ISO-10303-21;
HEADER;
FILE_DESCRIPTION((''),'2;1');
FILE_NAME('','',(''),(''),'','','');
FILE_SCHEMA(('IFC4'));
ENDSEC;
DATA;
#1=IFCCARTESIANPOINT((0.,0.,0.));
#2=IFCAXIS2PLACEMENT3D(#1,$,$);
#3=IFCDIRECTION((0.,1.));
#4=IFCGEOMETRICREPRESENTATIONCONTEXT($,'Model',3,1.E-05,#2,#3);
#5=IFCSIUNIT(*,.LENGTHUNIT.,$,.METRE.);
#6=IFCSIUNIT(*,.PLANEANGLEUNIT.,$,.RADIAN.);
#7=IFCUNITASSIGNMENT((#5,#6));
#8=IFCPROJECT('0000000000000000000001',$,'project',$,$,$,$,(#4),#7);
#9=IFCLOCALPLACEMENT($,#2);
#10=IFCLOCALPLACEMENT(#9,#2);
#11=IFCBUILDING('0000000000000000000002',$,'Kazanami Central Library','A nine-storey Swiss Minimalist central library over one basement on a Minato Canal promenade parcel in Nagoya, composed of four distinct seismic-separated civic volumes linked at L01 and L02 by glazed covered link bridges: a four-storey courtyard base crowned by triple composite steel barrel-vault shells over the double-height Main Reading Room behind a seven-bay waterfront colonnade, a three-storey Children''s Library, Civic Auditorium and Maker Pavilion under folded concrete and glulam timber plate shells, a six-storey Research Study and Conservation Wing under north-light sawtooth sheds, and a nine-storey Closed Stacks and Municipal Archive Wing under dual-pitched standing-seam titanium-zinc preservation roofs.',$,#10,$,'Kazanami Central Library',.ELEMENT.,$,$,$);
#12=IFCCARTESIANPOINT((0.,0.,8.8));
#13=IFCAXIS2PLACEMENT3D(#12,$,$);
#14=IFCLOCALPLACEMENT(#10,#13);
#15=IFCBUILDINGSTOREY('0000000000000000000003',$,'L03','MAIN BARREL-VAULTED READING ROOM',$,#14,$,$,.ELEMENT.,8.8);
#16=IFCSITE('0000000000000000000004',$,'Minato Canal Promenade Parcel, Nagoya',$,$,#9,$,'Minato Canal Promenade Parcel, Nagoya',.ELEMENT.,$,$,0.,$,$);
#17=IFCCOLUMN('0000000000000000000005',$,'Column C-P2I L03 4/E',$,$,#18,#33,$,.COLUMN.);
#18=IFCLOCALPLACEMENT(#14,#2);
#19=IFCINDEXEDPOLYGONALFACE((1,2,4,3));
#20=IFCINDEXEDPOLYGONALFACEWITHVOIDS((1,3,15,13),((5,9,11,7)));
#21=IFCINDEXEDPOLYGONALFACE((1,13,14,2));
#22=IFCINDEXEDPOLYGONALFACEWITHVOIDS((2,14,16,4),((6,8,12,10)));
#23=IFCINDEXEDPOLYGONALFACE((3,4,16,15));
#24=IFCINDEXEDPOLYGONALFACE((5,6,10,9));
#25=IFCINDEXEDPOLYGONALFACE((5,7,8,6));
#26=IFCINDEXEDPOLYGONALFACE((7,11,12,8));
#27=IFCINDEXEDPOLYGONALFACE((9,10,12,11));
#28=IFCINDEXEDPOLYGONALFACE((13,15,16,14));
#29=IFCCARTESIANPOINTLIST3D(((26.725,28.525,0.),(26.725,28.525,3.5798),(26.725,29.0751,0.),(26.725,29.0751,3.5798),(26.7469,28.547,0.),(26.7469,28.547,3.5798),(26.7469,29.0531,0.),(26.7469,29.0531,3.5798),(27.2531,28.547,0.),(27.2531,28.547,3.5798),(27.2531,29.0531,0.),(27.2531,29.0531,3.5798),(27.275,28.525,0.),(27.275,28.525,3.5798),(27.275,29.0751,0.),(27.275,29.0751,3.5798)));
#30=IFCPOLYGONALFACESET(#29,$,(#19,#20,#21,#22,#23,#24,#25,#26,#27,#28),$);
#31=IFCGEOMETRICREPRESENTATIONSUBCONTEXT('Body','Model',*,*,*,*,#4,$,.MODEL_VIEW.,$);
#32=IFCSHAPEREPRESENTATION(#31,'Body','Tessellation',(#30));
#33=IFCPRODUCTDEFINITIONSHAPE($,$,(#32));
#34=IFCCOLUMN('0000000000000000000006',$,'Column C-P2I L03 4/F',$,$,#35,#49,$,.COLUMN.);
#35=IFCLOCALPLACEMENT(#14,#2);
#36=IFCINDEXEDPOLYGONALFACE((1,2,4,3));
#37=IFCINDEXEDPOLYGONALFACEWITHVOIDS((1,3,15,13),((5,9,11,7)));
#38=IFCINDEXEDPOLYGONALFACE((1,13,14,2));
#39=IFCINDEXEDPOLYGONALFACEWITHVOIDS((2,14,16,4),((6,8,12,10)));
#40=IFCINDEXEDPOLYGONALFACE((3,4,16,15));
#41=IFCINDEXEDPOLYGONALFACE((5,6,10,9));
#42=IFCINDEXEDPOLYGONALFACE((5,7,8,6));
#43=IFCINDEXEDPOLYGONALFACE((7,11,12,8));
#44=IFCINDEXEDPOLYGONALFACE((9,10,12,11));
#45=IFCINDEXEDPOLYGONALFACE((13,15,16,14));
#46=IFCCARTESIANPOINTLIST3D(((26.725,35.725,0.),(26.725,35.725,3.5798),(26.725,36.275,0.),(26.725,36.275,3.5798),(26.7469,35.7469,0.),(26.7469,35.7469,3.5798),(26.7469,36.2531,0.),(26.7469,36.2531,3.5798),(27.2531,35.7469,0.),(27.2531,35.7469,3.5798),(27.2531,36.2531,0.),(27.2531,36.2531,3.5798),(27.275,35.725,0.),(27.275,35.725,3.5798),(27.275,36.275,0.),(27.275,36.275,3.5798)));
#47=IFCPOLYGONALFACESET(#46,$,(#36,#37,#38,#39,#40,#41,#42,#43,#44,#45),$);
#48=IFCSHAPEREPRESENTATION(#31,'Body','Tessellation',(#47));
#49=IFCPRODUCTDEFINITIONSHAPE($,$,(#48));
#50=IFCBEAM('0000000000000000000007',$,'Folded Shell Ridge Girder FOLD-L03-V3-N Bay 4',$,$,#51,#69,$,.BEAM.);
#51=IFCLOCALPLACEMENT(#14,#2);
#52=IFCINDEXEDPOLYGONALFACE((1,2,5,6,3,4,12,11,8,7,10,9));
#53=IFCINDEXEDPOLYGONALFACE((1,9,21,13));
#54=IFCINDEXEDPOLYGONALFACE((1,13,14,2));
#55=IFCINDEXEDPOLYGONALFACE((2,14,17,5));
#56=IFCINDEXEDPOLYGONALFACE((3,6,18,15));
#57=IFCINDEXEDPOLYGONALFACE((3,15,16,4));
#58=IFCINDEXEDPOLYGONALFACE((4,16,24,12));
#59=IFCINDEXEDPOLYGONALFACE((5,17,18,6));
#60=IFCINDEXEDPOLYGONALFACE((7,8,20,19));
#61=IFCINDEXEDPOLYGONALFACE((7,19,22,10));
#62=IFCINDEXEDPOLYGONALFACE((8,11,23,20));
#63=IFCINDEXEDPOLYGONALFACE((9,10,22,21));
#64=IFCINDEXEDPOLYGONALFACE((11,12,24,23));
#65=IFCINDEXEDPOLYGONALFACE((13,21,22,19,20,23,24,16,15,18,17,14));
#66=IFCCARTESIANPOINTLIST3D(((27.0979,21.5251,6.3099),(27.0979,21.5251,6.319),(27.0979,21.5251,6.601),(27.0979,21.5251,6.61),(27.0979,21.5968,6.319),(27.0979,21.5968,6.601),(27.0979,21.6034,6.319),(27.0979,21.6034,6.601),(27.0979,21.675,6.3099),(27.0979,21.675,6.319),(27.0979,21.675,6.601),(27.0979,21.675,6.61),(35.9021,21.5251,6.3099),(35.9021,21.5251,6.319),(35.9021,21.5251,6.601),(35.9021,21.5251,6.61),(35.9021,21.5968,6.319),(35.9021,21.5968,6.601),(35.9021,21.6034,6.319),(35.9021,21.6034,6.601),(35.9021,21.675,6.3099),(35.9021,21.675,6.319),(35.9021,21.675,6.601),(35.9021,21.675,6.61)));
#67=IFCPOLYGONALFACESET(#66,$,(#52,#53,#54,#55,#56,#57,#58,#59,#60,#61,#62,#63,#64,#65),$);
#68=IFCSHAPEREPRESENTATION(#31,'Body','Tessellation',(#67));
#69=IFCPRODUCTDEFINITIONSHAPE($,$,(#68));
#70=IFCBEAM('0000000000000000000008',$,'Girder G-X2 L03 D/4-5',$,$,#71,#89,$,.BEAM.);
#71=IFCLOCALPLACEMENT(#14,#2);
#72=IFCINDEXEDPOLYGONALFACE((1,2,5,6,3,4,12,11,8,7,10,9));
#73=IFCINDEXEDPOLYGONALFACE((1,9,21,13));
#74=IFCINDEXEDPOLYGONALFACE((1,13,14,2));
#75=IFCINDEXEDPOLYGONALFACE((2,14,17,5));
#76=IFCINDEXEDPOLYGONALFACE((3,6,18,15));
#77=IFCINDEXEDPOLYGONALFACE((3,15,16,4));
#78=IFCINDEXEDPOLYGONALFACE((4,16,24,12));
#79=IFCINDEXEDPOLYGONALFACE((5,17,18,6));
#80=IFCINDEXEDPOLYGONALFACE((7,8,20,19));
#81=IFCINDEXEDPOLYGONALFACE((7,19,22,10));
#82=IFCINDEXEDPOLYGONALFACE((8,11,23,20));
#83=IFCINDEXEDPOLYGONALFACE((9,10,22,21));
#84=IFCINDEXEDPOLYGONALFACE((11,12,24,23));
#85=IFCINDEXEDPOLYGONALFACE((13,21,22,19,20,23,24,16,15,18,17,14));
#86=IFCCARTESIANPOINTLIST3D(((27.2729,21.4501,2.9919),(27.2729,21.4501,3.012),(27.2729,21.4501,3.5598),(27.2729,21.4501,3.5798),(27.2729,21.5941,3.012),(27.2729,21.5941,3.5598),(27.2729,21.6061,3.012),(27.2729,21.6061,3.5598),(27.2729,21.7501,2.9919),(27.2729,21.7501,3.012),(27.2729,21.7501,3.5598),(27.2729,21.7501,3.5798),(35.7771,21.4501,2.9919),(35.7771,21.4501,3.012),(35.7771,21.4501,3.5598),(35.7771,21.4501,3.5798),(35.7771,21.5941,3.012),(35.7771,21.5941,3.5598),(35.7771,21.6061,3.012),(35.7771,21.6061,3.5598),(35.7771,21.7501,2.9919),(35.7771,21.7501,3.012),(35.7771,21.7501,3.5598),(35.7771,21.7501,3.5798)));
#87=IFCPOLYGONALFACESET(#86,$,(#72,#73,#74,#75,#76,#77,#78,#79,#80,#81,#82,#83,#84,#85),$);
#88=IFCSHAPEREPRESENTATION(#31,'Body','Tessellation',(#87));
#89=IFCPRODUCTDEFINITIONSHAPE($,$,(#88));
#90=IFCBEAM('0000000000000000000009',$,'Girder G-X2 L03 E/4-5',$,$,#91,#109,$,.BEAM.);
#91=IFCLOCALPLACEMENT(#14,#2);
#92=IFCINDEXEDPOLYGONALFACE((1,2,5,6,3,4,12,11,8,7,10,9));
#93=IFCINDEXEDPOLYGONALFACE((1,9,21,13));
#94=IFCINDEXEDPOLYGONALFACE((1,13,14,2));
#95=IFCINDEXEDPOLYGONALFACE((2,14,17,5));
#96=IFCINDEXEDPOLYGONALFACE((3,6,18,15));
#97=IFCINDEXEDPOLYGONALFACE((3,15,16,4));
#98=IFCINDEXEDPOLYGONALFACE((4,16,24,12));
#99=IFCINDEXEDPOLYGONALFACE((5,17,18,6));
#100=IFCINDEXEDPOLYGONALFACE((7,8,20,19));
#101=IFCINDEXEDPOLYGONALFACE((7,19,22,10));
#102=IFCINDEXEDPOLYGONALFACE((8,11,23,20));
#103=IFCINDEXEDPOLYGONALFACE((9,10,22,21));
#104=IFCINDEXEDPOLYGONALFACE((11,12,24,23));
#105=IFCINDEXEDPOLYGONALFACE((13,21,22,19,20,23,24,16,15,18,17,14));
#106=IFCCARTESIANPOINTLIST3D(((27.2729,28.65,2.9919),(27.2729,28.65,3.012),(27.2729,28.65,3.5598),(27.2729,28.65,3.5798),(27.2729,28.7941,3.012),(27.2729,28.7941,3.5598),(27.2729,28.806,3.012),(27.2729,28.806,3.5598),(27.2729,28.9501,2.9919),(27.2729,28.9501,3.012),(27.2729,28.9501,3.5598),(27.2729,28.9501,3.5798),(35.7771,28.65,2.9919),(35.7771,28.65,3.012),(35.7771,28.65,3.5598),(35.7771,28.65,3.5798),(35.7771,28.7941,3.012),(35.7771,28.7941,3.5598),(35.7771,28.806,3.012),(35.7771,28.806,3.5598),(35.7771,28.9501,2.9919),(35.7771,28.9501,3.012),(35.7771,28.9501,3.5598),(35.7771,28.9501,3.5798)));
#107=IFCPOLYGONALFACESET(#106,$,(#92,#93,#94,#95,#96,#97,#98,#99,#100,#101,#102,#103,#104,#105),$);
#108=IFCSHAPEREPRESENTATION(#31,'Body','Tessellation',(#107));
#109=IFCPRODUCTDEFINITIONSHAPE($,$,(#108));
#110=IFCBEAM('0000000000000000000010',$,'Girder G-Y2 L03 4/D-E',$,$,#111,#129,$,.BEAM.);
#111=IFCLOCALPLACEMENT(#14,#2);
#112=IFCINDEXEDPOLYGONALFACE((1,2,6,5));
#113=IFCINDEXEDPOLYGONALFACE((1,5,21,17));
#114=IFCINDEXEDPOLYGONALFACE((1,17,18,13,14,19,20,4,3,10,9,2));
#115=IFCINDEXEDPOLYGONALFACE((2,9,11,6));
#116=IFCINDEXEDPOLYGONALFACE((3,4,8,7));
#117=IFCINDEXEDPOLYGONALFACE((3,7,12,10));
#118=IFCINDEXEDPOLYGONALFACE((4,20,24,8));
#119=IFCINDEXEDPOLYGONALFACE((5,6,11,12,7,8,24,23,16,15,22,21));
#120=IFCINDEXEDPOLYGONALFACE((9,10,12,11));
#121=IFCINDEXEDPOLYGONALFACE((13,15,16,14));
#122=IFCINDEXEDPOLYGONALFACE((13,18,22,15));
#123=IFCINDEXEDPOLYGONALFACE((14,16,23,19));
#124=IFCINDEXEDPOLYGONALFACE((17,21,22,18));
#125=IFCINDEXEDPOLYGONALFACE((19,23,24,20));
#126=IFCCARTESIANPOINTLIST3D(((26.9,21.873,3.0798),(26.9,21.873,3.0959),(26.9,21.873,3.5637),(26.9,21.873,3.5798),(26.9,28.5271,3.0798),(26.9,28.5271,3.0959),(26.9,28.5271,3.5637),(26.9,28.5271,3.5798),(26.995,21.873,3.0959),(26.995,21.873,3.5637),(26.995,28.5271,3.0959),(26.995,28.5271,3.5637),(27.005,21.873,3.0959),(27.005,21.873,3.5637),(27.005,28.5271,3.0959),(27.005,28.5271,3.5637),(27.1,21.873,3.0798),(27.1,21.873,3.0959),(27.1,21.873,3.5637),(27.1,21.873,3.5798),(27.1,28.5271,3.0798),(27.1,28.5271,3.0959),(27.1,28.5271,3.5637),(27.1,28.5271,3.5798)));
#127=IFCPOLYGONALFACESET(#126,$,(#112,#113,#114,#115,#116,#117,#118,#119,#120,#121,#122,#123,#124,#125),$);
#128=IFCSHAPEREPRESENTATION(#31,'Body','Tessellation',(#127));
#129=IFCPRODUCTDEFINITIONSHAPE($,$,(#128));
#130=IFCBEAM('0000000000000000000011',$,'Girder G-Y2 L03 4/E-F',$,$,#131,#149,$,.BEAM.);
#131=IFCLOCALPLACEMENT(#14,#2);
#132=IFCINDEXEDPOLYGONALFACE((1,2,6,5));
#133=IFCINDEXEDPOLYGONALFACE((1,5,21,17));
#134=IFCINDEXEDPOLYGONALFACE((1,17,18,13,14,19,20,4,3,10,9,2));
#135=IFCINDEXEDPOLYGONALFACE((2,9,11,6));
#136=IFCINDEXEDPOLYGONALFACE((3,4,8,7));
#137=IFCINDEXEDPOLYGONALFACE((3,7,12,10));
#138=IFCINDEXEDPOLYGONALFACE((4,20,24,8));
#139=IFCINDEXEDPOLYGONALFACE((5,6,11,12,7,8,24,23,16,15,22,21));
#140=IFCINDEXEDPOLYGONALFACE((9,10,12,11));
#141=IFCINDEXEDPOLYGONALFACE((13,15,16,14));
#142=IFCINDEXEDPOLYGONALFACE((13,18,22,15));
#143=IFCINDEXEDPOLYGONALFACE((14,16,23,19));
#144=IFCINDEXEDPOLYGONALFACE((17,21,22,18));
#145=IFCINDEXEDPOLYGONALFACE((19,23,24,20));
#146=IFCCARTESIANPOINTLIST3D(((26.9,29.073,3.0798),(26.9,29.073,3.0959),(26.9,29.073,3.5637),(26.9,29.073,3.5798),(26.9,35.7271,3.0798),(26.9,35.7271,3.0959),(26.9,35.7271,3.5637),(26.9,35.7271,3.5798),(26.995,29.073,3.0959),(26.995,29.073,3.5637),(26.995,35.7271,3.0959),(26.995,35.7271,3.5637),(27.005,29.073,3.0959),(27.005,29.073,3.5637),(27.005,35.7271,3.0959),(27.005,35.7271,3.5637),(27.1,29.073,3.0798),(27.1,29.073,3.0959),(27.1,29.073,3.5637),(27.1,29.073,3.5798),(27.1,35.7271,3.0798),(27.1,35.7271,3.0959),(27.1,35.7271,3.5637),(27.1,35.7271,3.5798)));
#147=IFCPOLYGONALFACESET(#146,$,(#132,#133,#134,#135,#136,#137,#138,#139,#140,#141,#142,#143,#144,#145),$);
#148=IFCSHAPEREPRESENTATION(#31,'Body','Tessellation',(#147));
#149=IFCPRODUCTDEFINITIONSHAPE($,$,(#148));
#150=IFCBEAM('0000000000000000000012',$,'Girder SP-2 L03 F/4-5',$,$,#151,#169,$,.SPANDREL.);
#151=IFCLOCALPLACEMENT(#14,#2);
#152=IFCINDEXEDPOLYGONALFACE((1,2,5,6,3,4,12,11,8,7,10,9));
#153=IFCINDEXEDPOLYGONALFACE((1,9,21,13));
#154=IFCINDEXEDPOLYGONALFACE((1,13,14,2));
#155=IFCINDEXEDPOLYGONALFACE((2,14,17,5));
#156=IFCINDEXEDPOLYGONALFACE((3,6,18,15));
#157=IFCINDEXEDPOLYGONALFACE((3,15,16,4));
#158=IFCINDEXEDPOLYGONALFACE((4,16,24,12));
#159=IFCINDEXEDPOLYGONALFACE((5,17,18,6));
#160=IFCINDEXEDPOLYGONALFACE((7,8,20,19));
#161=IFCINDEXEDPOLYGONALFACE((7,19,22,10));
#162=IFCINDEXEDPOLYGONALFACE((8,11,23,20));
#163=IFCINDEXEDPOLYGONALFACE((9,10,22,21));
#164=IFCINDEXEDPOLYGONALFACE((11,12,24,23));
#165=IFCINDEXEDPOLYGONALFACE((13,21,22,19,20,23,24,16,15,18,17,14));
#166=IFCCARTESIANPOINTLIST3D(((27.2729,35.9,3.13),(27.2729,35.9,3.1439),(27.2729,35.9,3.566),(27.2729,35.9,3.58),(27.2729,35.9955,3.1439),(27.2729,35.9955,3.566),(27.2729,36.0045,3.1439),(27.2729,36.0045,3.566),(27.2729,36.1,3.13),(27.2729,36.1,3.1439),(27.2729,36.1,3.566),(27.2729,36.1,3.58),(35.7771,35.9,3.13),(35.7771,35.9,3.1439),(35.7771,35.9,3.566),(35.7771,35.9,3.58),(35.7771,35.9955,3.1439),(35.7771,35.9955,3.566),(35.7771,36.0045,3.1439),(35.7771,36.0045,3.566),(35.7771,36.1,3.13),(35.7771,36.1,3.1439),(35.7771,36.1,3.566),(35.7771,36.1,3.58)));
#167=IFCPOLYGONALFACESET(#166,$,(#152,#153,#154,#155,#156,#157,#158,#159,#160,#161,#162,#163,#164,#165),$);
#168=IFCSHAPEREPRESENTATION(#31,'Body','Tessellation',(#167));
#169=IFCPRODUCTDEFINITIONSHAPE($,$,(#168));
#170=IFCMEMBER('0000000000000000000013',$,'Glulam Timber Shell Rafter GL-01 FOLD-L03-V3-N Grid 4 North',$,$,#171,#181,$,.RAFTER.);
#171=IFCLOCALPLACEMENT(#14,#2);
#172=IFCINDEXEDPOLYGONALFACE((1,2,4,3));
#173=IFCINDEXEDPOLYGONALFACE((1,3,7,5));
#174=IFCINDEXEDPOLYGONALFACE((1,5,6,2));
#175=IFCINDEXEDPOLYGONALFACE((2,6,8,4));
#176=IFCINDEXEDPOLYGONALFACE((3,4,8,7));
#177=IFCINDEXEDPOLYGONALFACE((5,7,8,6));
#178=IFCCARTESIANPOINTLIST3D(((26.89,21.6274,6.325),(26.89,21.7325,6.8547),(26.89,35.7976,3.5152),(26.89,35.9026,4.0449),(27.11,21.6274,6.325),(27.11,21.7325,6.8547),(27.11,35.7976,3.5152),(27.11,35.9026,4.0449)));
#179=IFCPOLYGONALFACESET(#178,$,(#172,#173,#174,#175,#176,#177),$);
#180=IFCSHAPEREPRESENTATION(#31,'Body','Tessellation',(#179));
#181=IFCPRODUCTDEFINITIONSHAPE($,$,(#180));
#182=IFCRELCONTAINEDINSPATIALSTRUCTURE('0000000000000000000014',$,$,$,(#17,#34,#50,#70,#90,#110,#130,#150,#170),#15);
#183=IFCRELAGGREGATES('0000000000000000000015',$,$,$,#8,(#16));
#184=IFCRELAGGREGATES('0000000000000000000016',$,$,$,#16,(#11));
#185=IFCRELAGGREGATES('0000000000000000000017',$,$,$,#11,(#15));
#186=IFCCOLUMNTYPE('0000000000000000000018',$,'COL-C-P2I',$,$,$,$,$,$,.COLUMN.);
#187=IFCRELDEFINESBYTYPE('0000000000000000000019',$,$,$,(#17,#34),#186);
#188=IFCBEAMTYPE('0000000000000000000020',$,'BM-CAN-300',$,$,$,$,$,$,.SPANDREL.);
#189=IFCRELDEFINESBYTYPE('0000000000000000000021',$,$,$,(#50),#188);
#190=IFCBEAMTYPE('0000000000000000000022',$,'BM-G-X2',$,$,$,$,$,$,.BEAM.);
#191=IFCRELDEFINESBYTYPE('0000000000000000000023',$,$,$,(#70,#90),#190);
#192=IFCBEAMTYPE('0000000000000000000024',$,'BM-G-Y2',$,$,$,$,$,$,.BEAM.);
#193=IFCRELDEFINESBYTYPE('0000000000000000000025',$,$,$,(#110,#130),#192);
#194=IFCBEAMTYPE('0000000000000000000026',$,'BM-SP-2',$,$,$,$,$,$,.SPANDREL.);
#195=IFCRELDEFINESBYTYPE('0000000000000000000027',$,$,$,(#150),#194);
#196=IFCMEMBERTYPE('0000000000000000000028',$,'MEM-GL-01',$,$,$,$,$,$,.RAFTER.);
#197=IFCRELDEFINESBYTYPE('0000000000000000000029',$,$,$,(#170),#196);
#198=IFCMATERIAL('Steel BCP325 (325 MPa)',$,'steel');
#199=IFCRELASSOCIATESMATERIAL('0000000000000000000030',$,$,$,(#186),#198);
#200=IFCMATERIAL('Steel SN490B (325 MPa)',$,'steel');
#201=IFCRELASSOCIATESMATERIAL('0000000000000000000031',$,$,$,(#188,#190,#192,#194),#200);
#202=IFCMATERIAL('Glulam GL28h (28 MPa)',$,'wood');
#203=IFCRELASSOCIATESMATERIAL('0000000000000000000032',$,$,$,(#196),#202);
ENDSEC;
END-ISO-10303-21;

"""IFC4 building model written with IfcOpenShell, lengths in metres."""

from ifc_helpers import new_model, si_unit, direction, frame, origin, origin_2d, place, context, subcontext, project, spatial, rectangle, hollow_rectangle, i_section, extrude, material, material_profile, profile_set, type_object, element, save


model = new_model("IFC4")

# Units and contexts
model_context = context("Model", 3, precision=1e-05, world=origin(), true_north=direction((0.0, 1.0)))
body_context = subcontext(model_context, "Body", "Model", "MODEL_VIEW")
ifc_project = project(units=[si_unit("LENGTHUNIT", "METRE"), si_unit("PLANEANGLEUNIT", "RADIAN")], contexts=[model_context])

# Site, building, storey
site_placement = place(None, origin())
site = spatial("IfcSite", under=ifc_project, at=site_placement, Name="Minato Canal Promenade Parcel, Nagoya", LongName="Minato Canal Promenade Parcel, Nagoya", CompositionType="ELEMENT", RefElevation=0.0)
building_placement = place(site_placement, origin())
building = spatial("IfcBuilding", under=site, at=building_placement, Name="Kazanami Central Library", Description="A nine-storey Swiss Minimalist central library over one basement on a Minato Canal promenade parcel in Nagoya, composed of four distinct seismic-separated civic volumes linked at L01 and L02 by glazed covered link bridges: a four-storey courtyard base crowned by triple composite steel barrel-vault shells over the double-height Main Reading Room behind a seven-bay waterfront colonnade, a three-storey Children's Library, Civic Auditorium and Maker Pavilion under folded concrete and glulam timber plate shells, a six-storey Research Study and Conservation Wing under north-light sawtooth sheds, and a nine-storey Closed Stacks and Municipal Archive Wing under dual-pitched standing-seam titanium-zinc preservation roofs.", LongName="Kazanami Central Library", CompositionType="ELEMENT")
storey_placement = place(building_placement, frame((0.0, 0.0, 8.8)))
storey = spatial("IfcBuildingStorey", under=building, at=storey_placement, Name="L03", Description="MAIN BARREL-VAULTED READING ROOM", CompositionType="ELEMENT", Elevation=8.8)

# Columns
ifc_material_1 = material(Name="Steel BCP325 (325 MPa)", Category="steel")
ifc_material_profile_1 = material_profile(ifc_material_1, hollow_rectangle(XDim=0.55, YDim=0.55, WallThickness=0.022, at=origin_2d()), Name="BCP-550x550x22")
ifc_profile_set_1 = profile_set([ifc_material_profile_1], Name="Steel BCP325 (325 MPa)")
column_type = type_object("IfcColumnType", Name="COL-C-P2I", PredefinedType="COLUMN", material=ifc_profile_set_1)
for number, where, z_axis, x_axis, name in (
    (1, (27.0, 28.8, 0.0), (0.0, 0.0, 1.0), (1.0, 0.0, 0.0), "Column C-P2I L03 4/E"),
    (2, (27.0, 36.0, 0.0), (0.0, 0.0, 1.0), (1.0, 0.0, 0.0), "Column C-P2I L03 4/F"),
):
    element("IfcColumn", number, at=place(storey_placement, frame(where, z_axis=z_axis, x_axis=x_axis)), inside=storey, type_object=column_type, Name=name, PredefinedType="COLUMN", context=body_context, shape_type="SweptSolid", body=[
        extrude(hollow_rectangle(XDim=0.55, YDim=0.55, WallThickness=0.022, at=origin_2d()), origin(), (0.0, 0.0, 1.0), 3.5798),
    ])

# Beams
ifc_material_2 = material(Name="Steel SN490B (325 MPa)", Category="steel")
ifc_material_profile_2 = material_profile(ifc_material_2, i_section(OverallWidth=0.1499, OverallDepth=0.3, WebThickness=0.0066, FlangeThickness=0.009, at=origin_2d()), Name="H-300x150x6.5x9")
ifc_profile_set_2 = profile_set([ifc_material_profile_2], Name="Steel SN490B (325 MPa)")
beam_type_1 = type_object("IfcBeamType", Name="BM-CAN-300", PredefinedType="SPANDREL", material=ifc_profile_set_2)
beam_1_placement = place(storey_placement, frame((27.0979, 21.6001, 6.46), z_axis=(1.0, 0.0, 0.0), x_axis=(0.0, 1.0, 0.0)))
element("IfcBeam", 3, at=beam_1_placement, inside=storey, type_object=beam_type_1, Name="Folded Shell Ridge Girder FOLD-L03-V3-N Bay 4", PredefinedType="BEAM", context=body_context, shape_type="SweptSolid", body=[
    extrude(i_section(OverallWidth=0.1499, OverallDepth=0.3, WebThickness=0.0066, FlangeThickness=0.009, at=origin_2d()), origin(), (0.0, 0.0, 1.0), 8.8042),
])
ifc_material_profile_3 = material_profile(ifc_material_2, i_section(OverallWidth=0.3, OverallDepth=0.5879, WebThickness=0.012, FlangeThickness=0.02, at=origin_2d()), Name="H-588x300x12x20")
ifc_profile_set_3 = profile_set([ifc_material_profile_3], Name="Steel SN490B (325 MPa)")
beam_type_2 = type_object("IfcBeamType", Name="BM-G-X2", PredefinedType="BEAM", material=ifc_profile_set_3)
for number, where, z_axis, x_axis, name in (
    (4, (27.2729, 21.6001, 3.2859), (1.0, 0.0, 0.0), (0.0, 1.0, 0.0), "Girder G-X2 L03 D/4-5"),
    (5, (27.2729, 28.8, 3.2859), (1.0, 0.0, 0.0), (0.0, 1.0, 0.0), "Girder G-X2 L03 E/4-5"),
):
    element("IfcBeam", number, at=place(storey_placement, frame(where, z_axis=z_axis, x_axis=x_axis)), inside=storey, type_object=beam_type_2, Name=name, PredefinedType="BEAM", context=body_context, shape_type="SweptSolid", body=[
        extrude(i_section(OverallWidth=0.3, OverallDepth=0.5879, WebThickness=0.012, FlangeThickness=0.02, at=origin_2d()), origin(), (0.0, 0.0, 1.0), 8.5042),
    ])
ifc_material_profile_4 = material_profile(ifc_material_2, i_section(OverallWidth=0.2, OverallDepth=0.5, WebThickness=0.01, FlangeThickness=0.0161, at=origin_2d()), Name="H-500x200x10x16")
ifc_profile_set_4 = profile_set([ifc_material_profile_4], Name="Steel SN490B (325 MPa)")
beam_type_3 = type_object("IfcBeamType", Name="BM-G-Y2", PredefinedType="BEAM", material=ifc_profile_set_4)
for number, where, z_axis, x_axis, name in (
    (6, (27.0, 21.873, 3.3298), (0.0, 1.0, 0.0), (-1.0, 0.0, 0.0), "Girder G-Y2 L03 4/D-E"),
    (7, (27.0, 29.073, 3.3298), (0.0, 1.0, 0.0), (-1.0, 0.0, 0.0), "Girder G-Y2 L03 4/E-F"),
):
    element("IfcBeam", number, at=place(storey_placement, frame(where, z_axis=z_axis, x_axis=x_axis)), inside=storey, type_object=beam_type_3, Name=name, PredefinedType="BEAM", context=body_context, shape_type="SweptSolid", body=[
        extrude(i_section(OverallWidth=0.2, OverallDepth=0.5, WebThickness=0.01, FlangeThickness=0.0161, at=origin_2d()), origin(), (0.0, 0.0, 1.0), 6.6541),
    ])
ifc_material_profile_5 = material_profile(ifc_material_2, i_section(OverallWidth=0.2, OverallDepth=0.45, WebThickness=0.009, FlangeThickness=0.0139, at=origin_2d()), Name="H-450x200x9x14")
ifc_profile_set_5 = profile_set([ifc_material_profile_5], Name="Steel SN490B (325 MPa)")
beam_type_4 = type_object("IfcBeamType", Name="BM-SP-2", PredefinedType="SPANDREL", material=ifc_profile_set_5)
beam_2_placement = place(storey_placement, frame((27.2729, 36.0, 3.355), z_axis=(1.0, 0.0, 0.0), x_axis=(0.0, 1.0, 0.0)))
element("IfcBeam", 8, at=beam_2_placement, inside=storey, type_object=beam_type_4, Name="Girder SP-2 L03 F/4-5", PredefinedType="SPANDREL", context=body_context, shape_type="SweptSolid", body=[
    extrude(i_section(OverallWidth=0.2, OverallDepth=0.45, WebThickness=0.009, FlangeThickness=0.0139, at=origin_2d()), origin(), (0.0, 0.0, 1.0), 8.5042),
])

# Member
ifc_material_3 = material(Name="Glulam GL28h (28 MPa)", Category="wood")
ifc_material_profile_6 = material_profile(ifc_material_3, rectangle(XDim=0.22, YDim=0.54, at=origin_2d()), Name="GL28h-220x540")
ifc_profile_set_6 = profile_set([ifc_material_profile_6], Name="Glulam GL28h (28 MPa)")
member_type_1 = type_object("IfcMemberType", Name="MEM-GL-01", PredefinedType="RAFTER", material=ifc_profile_set_6)
member_1_placement = place(storey_placement, frame((27.0, 35.8501, 3.78), z_axis=(0.0, -0.980902, 0.194504), x_axis=(1.0, 0.0, 0.0)))
element("IfcMember", 9, at=member_1_placement, inside=storey, type_object=member_type_1, Name="Glulam Timber Shell Rafter GL-01 FOLD-L03-V3-N Grid 4 North", PredefinedType="RAFTER", context=body_context, shape_type="SweptSolid", body=[
    extrude(rectangle(XDim=0.22, YDim=0.54, at=origin_2d()), origin(), (0.0, 0.0, 1.0), 14.446),
])

save(model, "model.ifc")
